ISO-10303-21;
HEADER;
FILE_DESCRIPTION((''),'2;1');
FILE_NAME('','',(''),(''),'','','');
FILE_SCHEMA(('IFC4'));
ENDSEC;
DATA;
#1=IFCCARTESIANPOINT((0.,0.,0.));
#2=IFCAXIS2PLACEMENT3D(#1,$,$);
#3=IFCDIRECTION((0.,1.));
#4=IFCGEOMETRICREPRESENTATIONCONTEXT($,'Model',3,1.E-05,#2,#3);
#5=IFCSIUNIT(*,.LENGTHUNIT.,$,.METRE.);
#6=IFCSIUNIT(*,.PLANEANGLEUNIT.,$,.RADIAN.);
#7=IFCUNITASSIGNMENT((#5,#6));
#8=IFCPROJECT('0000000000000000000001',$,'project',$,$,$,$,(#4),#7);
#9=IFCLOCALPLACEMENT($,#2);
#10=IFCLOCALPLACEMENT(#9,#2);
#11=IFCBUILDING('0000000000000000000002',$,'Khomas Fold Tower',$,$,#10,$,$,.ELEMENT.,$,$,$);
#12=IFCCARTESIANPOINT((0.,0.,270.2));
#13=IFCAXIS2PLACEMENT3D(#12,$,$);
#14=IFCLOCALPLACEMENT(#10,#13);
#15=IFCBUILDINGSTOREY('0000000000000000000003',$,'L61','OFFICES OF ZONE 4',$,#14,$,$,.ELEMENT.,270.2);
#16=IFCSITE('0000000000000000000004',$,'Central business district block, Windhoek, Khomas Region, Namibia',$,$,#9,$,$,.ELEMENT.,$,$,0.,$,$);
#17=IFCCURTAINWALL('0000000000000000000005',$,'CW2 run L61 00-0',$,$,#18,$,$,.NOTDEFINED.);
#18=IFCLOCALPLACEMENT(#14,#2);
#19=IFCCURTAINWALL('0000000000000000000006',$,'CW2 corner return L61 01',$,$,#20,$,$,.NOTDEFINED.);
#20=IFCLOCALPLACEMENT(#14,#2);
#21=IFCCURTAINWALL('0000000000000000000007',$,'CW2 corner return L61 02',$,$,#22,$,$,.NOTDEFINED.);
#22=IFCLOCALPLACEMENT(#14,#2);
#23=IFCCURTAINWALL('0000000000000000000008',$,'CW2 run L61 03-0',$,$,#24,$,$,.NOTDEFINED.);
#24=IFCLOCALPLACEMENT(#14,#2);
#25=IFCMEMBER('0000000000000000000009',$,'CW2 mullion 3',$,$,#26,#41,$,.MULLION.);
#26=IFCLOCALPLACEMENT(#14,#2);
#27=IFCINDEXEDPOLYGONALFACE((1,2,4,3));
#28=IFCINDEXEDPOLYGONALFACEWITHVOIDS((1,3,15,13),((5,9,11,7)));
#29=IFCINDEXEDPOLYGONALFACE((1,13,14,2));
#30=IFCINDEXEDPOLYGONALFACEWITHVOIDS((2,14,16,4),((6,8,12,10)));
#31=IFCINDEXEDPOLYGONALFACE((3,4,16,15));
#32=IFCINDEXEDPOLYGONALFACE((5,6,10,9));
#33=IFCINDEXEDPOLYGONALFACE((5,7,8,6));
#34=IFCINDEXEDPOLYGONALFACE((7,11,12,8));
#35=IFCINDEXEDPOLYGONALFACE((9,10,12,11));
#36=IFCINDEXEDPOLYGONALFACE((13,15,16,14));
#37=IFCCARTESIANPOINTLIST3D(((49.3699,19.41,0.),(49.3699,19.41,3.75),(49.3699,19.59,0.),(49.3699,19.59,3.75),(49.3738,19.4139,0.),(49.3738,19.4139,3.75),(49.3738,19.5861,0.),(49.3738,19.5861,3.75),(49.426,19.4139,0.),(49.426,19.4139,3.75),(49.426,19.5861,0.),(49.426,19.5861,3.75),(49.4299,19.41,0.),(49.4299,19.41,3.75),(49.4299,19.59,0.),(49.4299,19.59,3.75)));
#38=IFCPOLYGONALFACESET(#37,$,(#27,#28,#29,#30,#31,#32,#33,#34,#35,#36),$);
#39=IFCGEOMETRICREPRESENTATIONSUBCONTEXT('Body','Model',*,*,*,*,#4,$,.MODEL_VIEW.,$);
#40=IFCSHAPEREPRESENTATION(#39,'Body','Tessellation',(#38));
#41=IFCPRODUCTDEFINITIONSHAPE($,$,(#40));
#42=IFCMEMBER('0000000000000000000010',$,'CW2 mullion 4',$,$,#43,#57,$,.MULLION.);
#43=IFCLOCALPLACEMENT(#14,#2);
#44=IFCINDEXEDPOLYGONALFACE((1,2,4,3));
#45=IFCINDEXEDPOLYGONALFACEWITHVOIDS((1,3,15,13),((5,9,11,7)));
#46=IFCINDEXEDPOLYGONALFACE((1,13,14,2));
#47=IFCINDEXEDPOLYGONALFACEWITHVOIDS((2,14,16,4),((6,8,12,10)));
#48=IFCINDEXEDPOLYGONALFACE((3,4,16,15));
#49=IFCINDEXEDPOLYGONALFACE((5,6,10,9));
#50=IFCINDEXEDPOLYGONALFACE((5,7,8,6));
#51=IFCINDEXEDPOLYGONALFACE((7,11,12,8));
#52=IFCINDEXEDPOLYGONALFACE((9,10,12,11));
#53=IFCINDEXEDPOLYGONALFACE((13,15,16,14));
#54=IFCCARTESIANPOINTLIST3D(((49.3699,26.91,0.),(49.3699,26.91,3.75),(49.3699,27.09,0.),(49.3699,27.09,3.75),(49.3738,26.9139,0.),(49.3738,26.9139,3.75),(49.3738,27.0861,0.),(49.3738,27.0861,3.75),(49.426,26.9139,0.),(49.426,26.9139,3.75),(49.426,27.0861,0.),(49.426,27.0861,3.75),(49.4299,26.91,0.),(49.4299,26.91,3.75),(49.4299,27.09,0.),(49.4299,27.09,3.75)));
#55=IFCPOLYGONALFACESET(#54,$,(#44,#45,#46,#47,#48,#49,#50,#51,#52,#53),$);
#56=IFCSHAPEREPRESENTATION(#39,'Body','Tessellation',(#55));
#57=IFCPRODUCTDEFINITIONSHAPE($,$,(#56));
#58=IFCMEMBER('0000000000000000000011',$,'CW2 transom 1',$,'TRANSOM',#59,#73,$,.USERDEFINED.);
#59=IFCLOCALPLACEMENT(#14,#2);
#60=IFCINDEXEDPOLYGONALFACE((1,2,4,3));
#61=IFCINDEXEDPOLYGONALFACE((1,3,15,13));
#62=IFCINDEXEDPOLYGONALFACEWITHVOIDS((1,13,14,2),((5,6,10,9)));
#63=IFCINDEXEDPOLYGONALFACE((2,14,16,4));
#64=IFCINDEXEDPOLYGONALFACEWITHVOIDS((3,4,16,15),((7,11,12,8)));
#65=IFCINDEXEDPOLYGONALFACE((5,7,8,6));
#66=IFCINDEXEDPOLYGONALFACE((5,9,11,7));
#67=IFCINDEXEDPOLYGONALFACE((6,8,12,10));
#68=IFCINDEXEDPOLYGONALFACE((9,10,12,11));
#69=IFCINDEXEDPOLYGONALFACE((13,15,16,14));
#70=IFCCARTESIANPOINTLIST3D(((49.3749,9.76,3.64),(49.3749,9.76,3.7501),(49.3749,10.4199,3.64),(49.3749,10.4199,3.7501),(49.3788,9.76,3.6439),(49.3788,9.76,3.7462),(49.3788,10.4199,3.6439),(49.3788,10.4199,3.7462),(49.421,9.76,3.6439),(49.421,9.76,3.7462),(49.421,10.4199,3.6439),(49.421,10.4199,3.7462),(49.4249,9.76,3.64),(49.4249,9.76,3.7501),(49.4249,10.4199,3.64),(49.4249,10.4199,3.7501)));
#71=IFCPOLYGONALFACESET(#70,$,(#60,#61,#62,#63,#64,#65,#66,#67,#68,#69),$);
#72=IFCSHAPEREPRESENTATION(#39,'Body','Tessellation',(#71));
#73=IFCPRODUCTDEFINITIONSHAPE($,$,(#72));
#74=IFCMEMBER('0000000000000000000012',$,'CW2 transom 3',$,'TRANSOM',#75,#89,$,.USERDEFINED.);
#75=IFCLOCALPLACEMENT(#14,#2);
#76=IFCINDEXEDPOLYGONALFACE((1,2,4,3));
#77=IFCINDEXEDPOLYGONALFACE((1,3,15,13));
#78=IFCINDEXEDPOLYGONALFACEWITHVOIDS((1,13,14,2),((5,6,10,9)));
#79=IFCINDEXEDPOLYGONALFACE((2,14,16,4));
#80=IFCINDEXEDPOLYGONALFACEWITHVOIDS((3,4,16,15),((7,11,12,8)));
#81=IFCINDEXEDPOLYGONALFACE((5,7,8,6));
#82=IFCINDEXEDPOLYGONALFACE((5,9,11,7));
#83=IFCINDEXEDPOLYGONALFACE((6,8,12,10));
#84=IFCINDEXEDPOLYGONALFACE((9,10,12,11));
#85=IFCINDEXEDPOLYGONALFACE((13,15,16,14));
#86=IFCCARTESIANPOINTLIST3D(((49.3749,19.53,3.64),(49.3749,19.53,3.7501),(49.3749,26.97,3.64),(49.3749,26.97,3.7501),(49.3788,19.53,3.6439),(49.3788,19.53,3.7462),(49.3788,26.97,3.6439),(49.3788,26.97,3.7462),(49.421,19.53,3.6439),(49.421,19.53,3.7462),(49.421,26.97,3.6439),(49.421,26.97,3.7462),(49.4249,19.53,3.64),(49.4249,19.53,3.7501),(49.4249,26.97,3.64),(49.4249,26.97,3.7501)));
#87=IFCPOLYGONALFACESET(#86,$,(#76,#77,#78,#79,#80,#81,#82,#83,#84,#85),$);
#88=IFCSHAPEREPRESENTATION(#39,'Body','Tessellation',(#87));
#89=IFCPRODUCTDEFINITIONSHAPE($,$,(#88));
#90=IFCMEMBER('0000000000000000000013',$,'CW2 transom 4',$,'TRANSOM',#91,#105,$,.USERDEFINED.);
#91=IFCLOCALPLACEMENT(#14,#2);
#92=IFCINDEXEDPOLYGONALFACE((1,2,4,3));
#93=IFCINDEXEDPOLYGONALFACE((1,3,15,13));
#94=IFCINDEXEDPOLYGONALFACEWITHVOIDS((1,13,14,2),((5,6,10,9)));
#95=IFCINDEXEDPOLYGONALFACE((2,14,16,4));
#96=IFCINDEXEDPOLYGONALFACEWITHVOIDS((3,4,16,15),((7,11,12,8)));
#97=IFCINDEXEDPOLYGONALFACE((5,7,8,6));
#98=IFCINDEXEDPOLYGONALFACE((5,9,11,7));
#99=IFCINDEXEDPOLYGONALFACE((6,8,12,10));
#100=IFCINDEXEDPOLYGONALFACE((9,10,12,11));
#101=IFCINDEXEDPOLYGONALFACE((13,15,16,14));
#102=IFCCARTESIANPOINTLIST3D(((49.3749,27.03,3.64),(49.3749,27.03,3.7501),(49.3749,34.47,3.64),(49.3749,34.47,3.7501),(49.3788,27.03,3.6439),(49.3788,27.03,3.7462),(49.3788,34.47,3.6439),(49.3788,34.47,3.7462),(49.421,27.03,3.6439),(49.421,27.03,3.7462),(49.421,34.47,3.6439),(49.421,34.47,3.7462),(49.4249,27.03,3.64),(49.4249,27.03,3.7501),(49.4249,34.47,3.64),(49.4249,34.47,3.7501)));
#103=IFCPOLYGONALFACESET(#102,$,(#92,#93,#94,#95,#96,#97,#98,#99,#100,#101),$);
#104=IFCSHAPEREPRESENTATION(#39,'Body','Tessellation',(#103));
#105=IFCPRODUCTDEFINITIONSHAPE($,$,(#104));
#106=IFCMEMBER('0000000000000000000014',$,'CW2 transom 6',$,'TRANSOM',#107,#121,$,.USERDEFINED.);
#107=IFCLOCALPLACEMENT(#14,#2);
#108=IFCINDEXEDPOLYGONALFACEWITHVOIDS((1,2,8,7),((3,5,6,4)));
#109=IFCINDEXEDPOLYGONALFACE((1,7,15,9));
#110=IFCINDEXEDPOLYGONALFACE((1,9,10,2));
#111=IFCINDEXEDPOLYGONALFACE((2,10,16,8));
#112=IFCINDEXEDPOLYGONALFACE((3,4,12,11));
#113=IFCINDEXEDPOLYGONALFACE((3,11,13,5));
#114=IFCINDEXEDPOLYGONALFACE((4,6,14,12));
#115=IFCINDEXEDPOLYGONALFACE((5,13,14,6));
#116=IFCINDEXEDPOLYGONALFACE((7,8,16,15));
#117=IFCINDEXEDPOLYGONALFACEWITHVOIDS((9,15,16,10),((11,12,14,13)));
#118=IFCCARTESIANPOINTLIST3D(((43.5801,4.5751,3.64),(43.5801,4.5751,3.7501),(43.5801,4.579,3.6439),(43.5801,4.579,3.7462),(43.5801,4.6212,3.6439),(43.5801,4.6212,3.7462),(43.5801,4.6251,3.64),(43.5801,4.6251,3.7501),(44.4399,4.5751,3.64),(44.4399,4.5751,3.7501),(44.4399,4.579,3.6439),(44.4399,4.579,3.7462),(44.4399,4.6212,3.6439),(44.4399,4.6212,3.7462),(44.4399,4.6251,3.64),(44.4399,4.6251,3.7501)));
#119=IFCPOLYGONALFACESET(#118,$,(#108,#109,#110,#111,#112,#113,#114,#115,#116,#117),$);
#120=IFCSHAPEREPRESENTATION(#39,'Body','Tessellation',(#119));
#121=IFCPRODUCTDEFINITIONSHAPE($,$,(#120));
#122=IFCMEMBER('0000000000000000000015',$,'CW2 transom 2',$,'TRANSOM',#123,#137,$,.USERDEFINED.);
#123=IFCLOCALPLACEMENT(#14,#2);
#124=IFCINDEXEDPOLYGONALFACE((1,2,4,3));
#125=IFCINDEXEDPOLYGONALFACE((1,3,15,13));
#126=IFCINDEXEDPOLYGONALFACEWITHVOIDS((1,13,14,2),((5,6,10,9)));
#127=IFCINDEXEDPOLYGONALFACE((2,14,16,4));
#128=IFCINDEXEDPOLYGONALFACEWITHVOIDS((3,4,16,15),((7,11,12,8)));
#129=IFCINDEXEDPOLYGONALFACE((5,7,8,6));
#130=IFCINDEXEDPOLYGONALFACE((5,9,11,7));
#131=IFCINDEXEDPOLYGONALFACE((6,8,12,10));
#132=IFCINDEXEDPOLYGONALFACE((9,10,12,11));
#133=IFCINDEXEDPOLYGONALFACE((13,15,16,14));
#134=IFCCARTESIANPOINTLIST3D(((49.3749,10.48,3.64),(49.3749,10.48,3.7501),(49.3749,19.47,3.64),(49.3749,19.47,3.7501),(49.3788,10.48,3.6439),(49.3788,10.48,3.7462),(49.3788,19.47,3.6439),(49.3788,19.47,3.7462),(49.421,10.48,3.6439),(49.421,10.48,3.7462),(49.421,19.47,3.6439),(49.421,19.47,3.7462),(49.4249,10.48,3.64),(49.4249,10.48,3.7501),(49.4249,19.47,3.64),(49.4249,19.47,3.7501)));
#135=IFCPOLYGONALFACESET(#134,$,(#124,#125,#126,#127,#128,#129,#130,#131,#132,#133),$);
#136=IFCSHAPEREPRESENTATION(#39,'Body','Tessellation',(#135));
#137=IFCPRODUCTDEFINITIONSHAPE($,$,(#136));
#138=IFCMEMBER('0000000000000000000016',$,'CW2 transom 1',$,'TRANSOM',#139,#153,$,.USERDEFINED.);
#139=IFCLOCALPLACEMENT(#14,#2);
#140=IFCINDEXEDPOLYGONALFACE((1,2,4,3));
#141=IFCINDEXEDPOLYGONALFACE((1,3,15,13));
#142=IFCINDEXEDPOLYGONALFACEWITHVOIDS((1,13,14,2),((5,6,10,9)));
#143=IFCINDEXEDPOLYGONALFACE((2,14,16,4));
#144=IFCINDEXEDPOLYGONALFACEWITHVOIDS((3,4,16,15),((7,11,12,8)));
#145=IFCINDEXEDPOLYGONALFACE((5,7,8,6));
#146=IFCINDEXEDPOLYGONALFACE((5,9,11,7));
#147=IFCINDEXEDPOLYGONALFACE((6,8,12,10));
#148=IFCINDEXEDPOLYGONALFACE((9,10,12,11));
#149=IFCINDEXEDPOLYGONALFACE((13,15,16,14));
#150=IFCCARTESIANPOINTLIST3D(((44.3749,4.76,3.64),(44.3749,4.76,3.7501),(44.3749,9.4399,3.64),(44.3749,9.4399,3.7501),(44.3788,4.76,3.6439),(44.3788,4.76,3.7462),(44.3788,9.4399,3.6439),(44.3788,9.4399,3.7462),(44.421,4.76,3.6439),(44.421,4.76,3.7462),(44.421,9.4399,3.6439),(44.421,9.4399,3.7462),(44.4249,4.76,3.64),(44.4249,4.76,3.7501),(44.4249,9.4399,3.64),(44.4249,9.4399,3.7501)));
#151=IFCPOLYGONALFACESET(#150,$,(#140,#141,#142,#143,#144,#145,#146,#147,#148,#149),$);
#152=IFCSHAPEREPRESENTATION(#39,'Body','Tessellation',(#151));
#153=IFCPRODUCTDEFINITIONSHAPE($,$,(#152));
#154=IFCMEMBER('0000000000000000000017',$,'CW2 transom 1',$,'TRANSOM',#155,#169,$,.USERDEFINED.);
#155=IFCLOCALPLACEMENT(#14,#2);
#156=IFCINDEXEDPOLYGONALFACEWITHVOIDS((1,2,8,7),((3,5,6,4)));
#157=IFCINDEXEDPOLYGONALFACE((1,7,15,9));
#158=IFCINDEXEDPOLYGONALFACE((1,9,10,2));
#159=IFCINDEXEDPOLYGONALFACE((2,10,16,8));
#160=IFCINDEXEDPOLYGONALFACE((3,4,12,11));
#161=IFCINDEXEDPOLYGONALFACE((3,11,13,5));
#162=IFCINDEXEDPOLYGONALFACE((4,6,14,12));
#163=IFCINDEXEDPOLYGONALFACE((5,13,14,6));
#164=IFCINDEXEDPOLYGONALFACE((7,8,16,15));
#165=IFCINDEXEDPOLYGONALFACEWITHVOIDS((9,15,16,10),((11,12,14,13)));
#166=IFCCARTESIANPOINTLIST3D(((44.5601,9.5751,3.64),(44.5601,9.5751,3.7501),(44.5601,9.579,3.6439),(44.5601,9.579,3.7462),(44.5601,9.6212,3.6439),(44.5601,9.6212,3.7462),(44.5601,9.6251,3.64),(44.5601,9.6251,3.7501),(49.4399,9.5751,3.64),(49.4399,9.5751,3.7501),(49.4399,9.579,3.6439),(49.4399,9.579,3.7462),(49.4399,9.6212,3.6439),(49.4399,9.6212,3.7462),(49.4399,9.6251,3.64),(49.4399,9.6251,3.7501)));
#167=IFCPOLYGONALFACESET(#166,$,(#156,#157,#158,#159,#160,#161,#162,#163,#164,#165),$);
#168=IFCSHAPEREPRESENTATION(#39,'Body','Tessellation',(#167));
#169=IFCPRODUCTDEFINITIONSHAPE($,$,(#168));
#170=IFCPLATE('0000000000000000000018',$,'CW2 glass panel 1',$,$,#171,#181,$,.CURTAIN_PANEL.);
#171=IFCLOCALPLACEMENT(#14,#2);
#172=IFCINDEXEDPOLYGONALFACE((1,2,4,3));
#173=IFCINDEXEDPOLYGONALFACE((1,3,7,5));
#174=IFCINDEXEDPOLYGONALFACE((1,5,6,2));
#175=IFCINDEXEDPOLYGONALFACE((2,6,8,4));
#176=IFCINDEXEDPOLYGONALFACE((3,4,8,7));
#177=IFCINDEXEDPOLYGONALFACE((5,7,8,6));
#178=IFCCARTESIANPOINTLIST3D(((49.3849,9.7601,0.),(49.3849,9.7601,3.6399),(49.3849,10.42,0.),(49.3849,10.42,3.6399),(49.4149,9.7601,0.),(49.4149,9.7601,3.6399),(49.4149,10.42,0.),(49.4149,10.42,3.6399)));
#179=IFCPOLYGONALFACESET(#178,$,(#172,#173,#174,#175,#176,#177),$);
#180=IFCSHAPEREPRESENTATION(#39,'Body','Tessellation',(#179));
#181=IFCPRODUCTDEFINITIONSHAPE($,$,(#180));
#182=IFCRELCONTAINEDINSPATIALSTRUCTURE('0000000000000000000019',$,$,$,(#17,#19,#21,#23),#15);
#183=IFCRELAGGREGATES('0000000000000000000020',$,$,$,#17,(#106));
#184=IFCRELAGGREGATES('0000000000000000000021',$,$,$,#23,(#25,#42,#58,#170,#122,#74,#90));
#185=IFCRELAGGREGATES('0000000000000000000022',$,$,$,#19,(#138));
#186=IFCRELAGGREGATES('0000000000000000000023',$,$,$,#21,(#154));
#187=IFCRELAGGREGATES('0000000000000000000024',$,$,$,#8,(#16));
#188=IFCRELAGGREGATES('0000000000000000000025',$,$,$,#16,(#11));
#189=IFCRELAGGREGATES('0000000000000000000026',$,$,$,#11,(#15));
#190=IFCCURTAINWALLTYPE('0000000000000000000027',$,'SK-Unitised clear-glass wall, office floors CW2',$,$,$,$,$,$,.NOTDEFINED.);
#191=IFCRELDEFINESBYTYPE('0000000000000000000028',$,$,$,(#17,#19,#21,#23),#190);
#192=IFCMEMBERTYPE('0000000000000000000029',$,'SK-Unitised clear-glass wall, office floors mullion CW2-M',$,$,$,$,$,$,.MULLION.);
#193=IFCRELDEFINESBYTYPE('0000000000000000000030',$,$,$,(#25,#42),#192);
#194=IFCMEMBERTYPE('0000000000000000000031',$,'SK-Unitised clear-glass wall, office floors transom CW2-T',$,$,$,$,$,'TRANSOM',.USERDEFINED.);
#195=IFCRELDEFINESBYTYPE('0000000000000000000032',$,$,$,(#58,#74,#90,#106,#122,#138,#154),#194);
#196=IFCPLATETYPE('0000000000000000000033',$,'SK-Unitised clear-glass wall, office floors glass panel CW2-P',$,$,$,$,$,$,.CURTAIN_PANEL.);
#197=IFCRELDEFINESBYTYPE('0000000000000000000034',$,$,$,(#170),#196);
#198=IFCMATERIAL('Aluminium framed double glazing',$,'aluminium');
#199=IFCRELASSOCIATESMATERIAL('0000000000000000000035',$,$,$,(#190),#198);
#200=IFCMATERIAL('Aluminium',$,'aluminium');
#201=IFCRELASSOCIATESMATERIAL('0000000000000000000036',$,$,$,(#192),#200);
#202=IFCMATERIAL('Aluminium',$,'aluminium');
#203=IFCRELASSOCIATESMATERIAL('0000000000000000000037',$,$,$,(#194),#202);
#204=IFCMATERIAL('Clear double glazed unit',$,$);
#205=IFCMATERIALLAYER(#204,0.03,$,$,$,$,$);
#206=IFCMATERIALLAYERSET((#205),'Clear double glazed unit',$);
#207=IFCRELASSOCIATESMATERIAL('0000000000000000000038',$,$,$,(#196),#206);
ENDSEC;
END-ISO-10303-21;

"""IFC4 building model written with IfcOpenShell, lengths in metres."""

from ifc_helpers import new_model, si_unit, direction, frame, origin, origin_2d, place, context, subcontext, project, spatial, rectangle, hollow_rectangle, extrude, source, transform, mapped, material, layer, layer_set, material_profile, profile_set, type_object, element, aggregate, save


model = new_model("IFC4")

# Units and contexts
model_context = context("Model", 3, precision=1e-05, world=origin(), true_north=direction((0.0, 1.0)))
body_context = subcontext(model_context, "Body", "Model", "MODEL_VIEW")
ifc_project = project(units=[si_unit("LENGTHUNIT", "METRE"), si_unit("PLANEANGLEUNIT", "RADIAN")], contexts=[model_context])

# Site, building, storey
site_placement = place(None, origin())
site = spatial("IfcSite", under=ifc_project, at=site_placement, Name="Central business district block, Windhoek, Khomas Region, Namibia", CompositionType="ELEMENT", RefElevation=0.0)
building_placement = place(site_placement, origin())
building = spatial("IfcBuilding", under=site, at=building_placement, Name="Khomas Fold Tower", CompositionType="ELEMENT")
storey_placement = place(building_placement, frame((0.0, 0.0, 270.2)))
storey = spatial("IfcBuildingStorey", under=building, at=storey_placement, Name="L61", Description="OFFICES OF ZONE 4", CompositionType="ELEMENT", Elevation=270.2)

# Curtain walls, members
ifc_material_1 = material(Name="Aluminium framed double glazing", Category="aluminium")
curtain_wall_type = type_object("IfcCurtainWallType", Name="SK-Unitised clear-glass wall, office floors CW2", PredefinedType="NOTDEFINED", material=ifc_material_1)
curtain_wall_1_placement = place(storey_placement, origin())
curtain_wall_1 = element("IfcCurtainWall", 1, at=curtain_wall_1_placement, inside=storey, type_object=curtain_wall_type, Name="CW2 run L61 00-0", PredefinedType="NOTDEFINED")
ifc_material_2 = material(Name="Aluminium", Category="aluminium")
ifc_material_profile_1 = material_profile(ifc_material_2, hollow_rectangle(XDim=0.0601, YDim=0.1799, WallThickness=0.0039, at=origin_2d()), Name="SK-Unitised clear-glass wall, office floors mullion CW2-M")
ifc_profile_set_1 = profile_set([ifc_material_profile_1], Name="Aluminium")
member_type_1 = type_object("IfcMemberType", Name="SK-Unitised clear-glass wall, office floors mullion CW2-M", PredefinedType="MULLION", material=ifc_profile_set_1)
shared_shape_1 = source(origin(), body_context, "Body", "SweptSolid", [
    extrude(hollow_rectangle(XDim=0.0601, YDim=0.1799, WallThickness=0.0039, at=origin_2d()), origin(), (0.0, 0.0, 1.0), 3.75),
])
curtain_wall_2_placement = place(storey_placement, origin())
curtain_wall_2 = element("IfcCurtainWall", 2, at=curtain_wall_2_placement, inside=storey, type_object=curtain_wall_type, Name="CW2 corner return L61 01", PredefinedType="NOTDEFINED")
curtain_wall_3_placement = place(storey_placement, origin())
curtain_wall_3 = element("IfcCurtainWall", 3, at=curtain_wall_3_placement, inside=storey, type_object=curtain_wall_type, Name="CW2 corner return L61 02", PredefinedType="NOTDEFINED")
curtain_wall_4_placement = place(storey_placement, origin())
curtain_wall_4 = element("IfcCurtainWall", 4, at=curtain_wall_4_placement, inside=storey, type_object=curtain_wall_type, Name="CW2 run L61 03-0", PredefinedType="NOTDEFINED")
member_1_placement = place(storey_placement, frame((49.3999, 19.5, 0.0), z_axis=(0.0, 0.0, 1.0), x_axis=(-1.0, 0.0, 0.0)))
member_1 = element("IfcMember", 5, at=member_1_placement, type_object=member_type_1, Name="CW2 mullion 3", PredefinedType="MULLION", context=body_context, shape_type="MappedRepresentation", body=[
    mapped(shared_shape_1, transform((0.0, 0.0, 0.0))),
])
member_2_placement = place(storey_placement, frame((49.3999, 27.0, 0.0), z_axis=(0.0, 0.0, 1.0), x_axis=(-1.0, 0.0, 0.0)))
member_2 = element("IfcMember", 6, at=member_2_placement, type_object=member_type_1, Name="CW2 mullion 4", PredefinedType="MULLION", context=body_context, shape_type="MappedRepresentation", body=[
    mapped(shared_shape_1, transform((0.0, 0.0, 0.0))),
])
ifc_material_3 = material(Name="Aluminium", Category="aluminium")
ifc_material_profile_2 = material_profile(ifc_material_3, hollow_rectangle(XDim=0.05, YDim=0.1101, WallThickness=0.0039, at=origin_2d()), Name="SK-Unitised clear-glass wall, office floors transom CW2-T")
ifc_profile_set_2 = profile_set([ifc_material_profile_2], Name="Aluminium")
member_type_2 = type_object("IfcMemberType", Name="SK-Unitised clear-glass wall, office floors transom CW2-T", ElementType="TRANSOM", PredefinedType="USERDEFINED", material=ifc_profile_set_2)
shared_shape_2 = source(origin(), body_context, "Body", "SweptSolid", [
    extrude(hollow_rectangle(XDim=0.05, YDim=0.1101, WallThickness=0.0039, at=origin_2d()), origin(), (0.0, 0.0, 1.0), 0.6599),
])
member_3_placement = place(storey_placement, frame((49.3999, 9.76, 3.6951), z_axis=(0.0, 1.0, 0.0), x_axis=(-1.0, 0.0, 0.0)))
member_3 = element("IfcMember", 7, at=member_3_placement, type_object=member_type_2, Name="CW2 transom 1", ObjectType="TRANSOM", PredefinedType="USERDEFINED", context=body_context, shape_type="MappedRepresentation", body=[
    mapped(shared_shape_2, transform((0.0, 0.0, 0.0))),
])
shared_shape_3 = source(origin(), body_context, "Body", "SweptSolid", [
    extrude(hollow_rectangle(XDim=0.05, YDim=0.1101, WallThickness=0.0039, at=origin_2d()), origin(), (0.0, 0.0, 1.0), 7.4399),
])
member_4_placement = place(storey_placement, frame((49.3999, 19.53, 3.6951), z_axis=(0.0, 1.0, 0.0), x_axis=(-1.0, 0.0, 0.0)))
member_4 = element("IfcMember", 8, at=member_4_placement, type_object=member_type_2, Name="CW2 transom 3", ObjectType="TRANSOM", PredefinedType="USERDEFINED", context=body_context, shape_type="MappedRepresentation", body=[
    mapped(shared_shape_3, transform((0.0, 0.0, 0.0))),
])
member_5_placement = place(storey_placement, frame((49.3999, 27.03, 3.6951), z_axis=(0.0, 1.0, 0.0), x_axis=(-1.0, 0.0, 0.0)))
member_5 = element("IfcMember", 9, at=member_5_placement, type_object=member_type_2, Name="CW2 transom 4", ObjectType="TRANSOM", PredefinedType="USERDEFINED", context=body_context, shape_type="MappedRepresentation", body=[
    mapped(shared_shape_3, transform((0.0, 0.0, 0.0))),
])

# Members
shared_shape_4 = source(origin(), body_context, "Body", "SweptSolid", [
    extrude(hollow_rectangle(XDim=0.05, YDim=0.1101, WallThickness=0.0039, at=origin_2d()), origin(), (0.0, 0.0, 1.0), 0.8599),
])
member_6_placement = place(storey_placement, frame((43.5801, 4.6001, 3.6951), z_axis=(1.0, 0.0, 0.0), x_axis=(0.0, 1.0, 0.0)))
member_6 = element("IfcMember", 10, at=member_6_placement, type_object=member_type_2, Name="CW2 transom 6", ObjectType="TRANSOM", PredefinedType="USERDEFINED", context=body_context, shape_type="MappedRepresentation", body=[
    mapped(shared_shape_4, transform((0.0, 0.0, 0.0))),
])
shared_shape_5 = source(origin(), body_context, "Body", "SweptSolid", [
    extrude(hollow_rectangle(XDim=0.05, YDim=0.1101, WallThickness=0.0039, at=origin_2d()), origin(), (0.0, 0.0, 1.0), 8.99),
])
member_7_placement = place(storey_placement, frame((49.3999, 10.48, 3.6951), z_axis=(0.0, 1.0, 0.0), x_axis=(-1.0, 0.0, 0.0)))
member_7 = element("IfcMember", 11, at=member_7_placement, type_object=member_type_2, Name="CW2 transom 2", ObjectType="TRANSOM", PredefinedType="USERDEFINED", context=body_context, shape_type="MappedRepresentation", body=[
    mapped(shared_shape_5, transform((0.0, 0.0, 0.0))),
])
shared_shape_6 = source(origin(), body_context, "Body", "SweptSolid", [
    extrude(hollow_rectangle(XDim=0.05, YDim=0.1101, WallThickness=0.0039, at=origin_2d()), origin(), (0.0, 0.0, 1.0), 4.6799),
])
member_8_placement = place(storey_placement, frame((44.3999, 4.76, 3.6951), z_axis=(0.0, 1.0, 0.0), x_axis=(-1.0, 0.0, 0.0)))
member_8 = element("IfcMember", 12, at=member_8_placement, type_object=member_type_2, Name="CW2 transom 1", ObjectType="TRANSOM", PredefinedType="USERDEFINED", context=body_context, shape_type="MappedRepresentation", body=[
    mapped(shared_shape_6, transform((0.0, 0.0, 0.0))),
])
shared_shape_7 = source(origin(), body_context, "Body", "SweptSolid", [
    extrude(hollow_rectangle(XDim=0.05, YDim=0.1101, WallThickness=0.0039, at=origin_2d()), origin(), (0.0, 0.0, 1.0), 4.8799),
])
member_9_placement = place(storey_placement, frame((44.5601, 9.6001, 3.6951), z_axis=(1.0, 0.0, 0.0), x_axis=(0.0, 1.0, 0.0)))
member_9 = element("IfcMember", 13, at=member_9_placement, type_object=member_type_2, Name="CW2 transom 1", ObjectType="TRANSOM", PredefinedType="USERDEFINED", context=body_context, shape_type="MappedRepresentation", body=[
    mapped(shared_shape_7, transform((0.0, 0.0, 0.0))),
])

# Plate
ifc_material_4 = material(Name="Clear double glazed unit")
ifc_layer_1 = layer(ifc_material_4, 0.03)
ifc_layer_set_1 = layer_set([ifc_layer_1], Name="Clear double glazed unit")
plate_type = type_object("IfcPlateType", Name="SK-Unitised clear-glass wall, office floors glass panel CW2-P", PredefinedType="CURTAIN_PANEL", material=ifc_layer_set_1)
shared_shape_8 = source(origin(), body_context, "Body", "SweptSolid", [
    extrude(rectangle(XDim=0.6599, YDim=0.03, at=origin_2d()), origin(), (0.0, 0.0, 1.0), 3.6399),
])
plate_1_placement = place(storey_placement, frame((49.3999, 10.0901, 0.0), z_axis=(0.0, 0.0, 1.0), x_axis=(0.0, 1.0, 0.0)))
plate_1 = element("IfcPlate", 14, at=plate_1_placement, type_object=plate_type, Name="CW2 glass panel 1", PredefinedType="CURTAIN_PANEL", context=body_context, shape_type="MappedRepresentation", body=[
    mapped(shared_shape_8, transform((0.0, 0.0, 0.0))),
])
aggregate(curtain_wall_1, [member_6])
aggregate(curtain_wall_4, [member_1, member_2, member_3, plate_1, member_7, member_4, member_5])
aggregate(curtain_wall_2, [member_8])
aggregate(curtain_wall_3, [member_9])

save(model, "model.ifc")
